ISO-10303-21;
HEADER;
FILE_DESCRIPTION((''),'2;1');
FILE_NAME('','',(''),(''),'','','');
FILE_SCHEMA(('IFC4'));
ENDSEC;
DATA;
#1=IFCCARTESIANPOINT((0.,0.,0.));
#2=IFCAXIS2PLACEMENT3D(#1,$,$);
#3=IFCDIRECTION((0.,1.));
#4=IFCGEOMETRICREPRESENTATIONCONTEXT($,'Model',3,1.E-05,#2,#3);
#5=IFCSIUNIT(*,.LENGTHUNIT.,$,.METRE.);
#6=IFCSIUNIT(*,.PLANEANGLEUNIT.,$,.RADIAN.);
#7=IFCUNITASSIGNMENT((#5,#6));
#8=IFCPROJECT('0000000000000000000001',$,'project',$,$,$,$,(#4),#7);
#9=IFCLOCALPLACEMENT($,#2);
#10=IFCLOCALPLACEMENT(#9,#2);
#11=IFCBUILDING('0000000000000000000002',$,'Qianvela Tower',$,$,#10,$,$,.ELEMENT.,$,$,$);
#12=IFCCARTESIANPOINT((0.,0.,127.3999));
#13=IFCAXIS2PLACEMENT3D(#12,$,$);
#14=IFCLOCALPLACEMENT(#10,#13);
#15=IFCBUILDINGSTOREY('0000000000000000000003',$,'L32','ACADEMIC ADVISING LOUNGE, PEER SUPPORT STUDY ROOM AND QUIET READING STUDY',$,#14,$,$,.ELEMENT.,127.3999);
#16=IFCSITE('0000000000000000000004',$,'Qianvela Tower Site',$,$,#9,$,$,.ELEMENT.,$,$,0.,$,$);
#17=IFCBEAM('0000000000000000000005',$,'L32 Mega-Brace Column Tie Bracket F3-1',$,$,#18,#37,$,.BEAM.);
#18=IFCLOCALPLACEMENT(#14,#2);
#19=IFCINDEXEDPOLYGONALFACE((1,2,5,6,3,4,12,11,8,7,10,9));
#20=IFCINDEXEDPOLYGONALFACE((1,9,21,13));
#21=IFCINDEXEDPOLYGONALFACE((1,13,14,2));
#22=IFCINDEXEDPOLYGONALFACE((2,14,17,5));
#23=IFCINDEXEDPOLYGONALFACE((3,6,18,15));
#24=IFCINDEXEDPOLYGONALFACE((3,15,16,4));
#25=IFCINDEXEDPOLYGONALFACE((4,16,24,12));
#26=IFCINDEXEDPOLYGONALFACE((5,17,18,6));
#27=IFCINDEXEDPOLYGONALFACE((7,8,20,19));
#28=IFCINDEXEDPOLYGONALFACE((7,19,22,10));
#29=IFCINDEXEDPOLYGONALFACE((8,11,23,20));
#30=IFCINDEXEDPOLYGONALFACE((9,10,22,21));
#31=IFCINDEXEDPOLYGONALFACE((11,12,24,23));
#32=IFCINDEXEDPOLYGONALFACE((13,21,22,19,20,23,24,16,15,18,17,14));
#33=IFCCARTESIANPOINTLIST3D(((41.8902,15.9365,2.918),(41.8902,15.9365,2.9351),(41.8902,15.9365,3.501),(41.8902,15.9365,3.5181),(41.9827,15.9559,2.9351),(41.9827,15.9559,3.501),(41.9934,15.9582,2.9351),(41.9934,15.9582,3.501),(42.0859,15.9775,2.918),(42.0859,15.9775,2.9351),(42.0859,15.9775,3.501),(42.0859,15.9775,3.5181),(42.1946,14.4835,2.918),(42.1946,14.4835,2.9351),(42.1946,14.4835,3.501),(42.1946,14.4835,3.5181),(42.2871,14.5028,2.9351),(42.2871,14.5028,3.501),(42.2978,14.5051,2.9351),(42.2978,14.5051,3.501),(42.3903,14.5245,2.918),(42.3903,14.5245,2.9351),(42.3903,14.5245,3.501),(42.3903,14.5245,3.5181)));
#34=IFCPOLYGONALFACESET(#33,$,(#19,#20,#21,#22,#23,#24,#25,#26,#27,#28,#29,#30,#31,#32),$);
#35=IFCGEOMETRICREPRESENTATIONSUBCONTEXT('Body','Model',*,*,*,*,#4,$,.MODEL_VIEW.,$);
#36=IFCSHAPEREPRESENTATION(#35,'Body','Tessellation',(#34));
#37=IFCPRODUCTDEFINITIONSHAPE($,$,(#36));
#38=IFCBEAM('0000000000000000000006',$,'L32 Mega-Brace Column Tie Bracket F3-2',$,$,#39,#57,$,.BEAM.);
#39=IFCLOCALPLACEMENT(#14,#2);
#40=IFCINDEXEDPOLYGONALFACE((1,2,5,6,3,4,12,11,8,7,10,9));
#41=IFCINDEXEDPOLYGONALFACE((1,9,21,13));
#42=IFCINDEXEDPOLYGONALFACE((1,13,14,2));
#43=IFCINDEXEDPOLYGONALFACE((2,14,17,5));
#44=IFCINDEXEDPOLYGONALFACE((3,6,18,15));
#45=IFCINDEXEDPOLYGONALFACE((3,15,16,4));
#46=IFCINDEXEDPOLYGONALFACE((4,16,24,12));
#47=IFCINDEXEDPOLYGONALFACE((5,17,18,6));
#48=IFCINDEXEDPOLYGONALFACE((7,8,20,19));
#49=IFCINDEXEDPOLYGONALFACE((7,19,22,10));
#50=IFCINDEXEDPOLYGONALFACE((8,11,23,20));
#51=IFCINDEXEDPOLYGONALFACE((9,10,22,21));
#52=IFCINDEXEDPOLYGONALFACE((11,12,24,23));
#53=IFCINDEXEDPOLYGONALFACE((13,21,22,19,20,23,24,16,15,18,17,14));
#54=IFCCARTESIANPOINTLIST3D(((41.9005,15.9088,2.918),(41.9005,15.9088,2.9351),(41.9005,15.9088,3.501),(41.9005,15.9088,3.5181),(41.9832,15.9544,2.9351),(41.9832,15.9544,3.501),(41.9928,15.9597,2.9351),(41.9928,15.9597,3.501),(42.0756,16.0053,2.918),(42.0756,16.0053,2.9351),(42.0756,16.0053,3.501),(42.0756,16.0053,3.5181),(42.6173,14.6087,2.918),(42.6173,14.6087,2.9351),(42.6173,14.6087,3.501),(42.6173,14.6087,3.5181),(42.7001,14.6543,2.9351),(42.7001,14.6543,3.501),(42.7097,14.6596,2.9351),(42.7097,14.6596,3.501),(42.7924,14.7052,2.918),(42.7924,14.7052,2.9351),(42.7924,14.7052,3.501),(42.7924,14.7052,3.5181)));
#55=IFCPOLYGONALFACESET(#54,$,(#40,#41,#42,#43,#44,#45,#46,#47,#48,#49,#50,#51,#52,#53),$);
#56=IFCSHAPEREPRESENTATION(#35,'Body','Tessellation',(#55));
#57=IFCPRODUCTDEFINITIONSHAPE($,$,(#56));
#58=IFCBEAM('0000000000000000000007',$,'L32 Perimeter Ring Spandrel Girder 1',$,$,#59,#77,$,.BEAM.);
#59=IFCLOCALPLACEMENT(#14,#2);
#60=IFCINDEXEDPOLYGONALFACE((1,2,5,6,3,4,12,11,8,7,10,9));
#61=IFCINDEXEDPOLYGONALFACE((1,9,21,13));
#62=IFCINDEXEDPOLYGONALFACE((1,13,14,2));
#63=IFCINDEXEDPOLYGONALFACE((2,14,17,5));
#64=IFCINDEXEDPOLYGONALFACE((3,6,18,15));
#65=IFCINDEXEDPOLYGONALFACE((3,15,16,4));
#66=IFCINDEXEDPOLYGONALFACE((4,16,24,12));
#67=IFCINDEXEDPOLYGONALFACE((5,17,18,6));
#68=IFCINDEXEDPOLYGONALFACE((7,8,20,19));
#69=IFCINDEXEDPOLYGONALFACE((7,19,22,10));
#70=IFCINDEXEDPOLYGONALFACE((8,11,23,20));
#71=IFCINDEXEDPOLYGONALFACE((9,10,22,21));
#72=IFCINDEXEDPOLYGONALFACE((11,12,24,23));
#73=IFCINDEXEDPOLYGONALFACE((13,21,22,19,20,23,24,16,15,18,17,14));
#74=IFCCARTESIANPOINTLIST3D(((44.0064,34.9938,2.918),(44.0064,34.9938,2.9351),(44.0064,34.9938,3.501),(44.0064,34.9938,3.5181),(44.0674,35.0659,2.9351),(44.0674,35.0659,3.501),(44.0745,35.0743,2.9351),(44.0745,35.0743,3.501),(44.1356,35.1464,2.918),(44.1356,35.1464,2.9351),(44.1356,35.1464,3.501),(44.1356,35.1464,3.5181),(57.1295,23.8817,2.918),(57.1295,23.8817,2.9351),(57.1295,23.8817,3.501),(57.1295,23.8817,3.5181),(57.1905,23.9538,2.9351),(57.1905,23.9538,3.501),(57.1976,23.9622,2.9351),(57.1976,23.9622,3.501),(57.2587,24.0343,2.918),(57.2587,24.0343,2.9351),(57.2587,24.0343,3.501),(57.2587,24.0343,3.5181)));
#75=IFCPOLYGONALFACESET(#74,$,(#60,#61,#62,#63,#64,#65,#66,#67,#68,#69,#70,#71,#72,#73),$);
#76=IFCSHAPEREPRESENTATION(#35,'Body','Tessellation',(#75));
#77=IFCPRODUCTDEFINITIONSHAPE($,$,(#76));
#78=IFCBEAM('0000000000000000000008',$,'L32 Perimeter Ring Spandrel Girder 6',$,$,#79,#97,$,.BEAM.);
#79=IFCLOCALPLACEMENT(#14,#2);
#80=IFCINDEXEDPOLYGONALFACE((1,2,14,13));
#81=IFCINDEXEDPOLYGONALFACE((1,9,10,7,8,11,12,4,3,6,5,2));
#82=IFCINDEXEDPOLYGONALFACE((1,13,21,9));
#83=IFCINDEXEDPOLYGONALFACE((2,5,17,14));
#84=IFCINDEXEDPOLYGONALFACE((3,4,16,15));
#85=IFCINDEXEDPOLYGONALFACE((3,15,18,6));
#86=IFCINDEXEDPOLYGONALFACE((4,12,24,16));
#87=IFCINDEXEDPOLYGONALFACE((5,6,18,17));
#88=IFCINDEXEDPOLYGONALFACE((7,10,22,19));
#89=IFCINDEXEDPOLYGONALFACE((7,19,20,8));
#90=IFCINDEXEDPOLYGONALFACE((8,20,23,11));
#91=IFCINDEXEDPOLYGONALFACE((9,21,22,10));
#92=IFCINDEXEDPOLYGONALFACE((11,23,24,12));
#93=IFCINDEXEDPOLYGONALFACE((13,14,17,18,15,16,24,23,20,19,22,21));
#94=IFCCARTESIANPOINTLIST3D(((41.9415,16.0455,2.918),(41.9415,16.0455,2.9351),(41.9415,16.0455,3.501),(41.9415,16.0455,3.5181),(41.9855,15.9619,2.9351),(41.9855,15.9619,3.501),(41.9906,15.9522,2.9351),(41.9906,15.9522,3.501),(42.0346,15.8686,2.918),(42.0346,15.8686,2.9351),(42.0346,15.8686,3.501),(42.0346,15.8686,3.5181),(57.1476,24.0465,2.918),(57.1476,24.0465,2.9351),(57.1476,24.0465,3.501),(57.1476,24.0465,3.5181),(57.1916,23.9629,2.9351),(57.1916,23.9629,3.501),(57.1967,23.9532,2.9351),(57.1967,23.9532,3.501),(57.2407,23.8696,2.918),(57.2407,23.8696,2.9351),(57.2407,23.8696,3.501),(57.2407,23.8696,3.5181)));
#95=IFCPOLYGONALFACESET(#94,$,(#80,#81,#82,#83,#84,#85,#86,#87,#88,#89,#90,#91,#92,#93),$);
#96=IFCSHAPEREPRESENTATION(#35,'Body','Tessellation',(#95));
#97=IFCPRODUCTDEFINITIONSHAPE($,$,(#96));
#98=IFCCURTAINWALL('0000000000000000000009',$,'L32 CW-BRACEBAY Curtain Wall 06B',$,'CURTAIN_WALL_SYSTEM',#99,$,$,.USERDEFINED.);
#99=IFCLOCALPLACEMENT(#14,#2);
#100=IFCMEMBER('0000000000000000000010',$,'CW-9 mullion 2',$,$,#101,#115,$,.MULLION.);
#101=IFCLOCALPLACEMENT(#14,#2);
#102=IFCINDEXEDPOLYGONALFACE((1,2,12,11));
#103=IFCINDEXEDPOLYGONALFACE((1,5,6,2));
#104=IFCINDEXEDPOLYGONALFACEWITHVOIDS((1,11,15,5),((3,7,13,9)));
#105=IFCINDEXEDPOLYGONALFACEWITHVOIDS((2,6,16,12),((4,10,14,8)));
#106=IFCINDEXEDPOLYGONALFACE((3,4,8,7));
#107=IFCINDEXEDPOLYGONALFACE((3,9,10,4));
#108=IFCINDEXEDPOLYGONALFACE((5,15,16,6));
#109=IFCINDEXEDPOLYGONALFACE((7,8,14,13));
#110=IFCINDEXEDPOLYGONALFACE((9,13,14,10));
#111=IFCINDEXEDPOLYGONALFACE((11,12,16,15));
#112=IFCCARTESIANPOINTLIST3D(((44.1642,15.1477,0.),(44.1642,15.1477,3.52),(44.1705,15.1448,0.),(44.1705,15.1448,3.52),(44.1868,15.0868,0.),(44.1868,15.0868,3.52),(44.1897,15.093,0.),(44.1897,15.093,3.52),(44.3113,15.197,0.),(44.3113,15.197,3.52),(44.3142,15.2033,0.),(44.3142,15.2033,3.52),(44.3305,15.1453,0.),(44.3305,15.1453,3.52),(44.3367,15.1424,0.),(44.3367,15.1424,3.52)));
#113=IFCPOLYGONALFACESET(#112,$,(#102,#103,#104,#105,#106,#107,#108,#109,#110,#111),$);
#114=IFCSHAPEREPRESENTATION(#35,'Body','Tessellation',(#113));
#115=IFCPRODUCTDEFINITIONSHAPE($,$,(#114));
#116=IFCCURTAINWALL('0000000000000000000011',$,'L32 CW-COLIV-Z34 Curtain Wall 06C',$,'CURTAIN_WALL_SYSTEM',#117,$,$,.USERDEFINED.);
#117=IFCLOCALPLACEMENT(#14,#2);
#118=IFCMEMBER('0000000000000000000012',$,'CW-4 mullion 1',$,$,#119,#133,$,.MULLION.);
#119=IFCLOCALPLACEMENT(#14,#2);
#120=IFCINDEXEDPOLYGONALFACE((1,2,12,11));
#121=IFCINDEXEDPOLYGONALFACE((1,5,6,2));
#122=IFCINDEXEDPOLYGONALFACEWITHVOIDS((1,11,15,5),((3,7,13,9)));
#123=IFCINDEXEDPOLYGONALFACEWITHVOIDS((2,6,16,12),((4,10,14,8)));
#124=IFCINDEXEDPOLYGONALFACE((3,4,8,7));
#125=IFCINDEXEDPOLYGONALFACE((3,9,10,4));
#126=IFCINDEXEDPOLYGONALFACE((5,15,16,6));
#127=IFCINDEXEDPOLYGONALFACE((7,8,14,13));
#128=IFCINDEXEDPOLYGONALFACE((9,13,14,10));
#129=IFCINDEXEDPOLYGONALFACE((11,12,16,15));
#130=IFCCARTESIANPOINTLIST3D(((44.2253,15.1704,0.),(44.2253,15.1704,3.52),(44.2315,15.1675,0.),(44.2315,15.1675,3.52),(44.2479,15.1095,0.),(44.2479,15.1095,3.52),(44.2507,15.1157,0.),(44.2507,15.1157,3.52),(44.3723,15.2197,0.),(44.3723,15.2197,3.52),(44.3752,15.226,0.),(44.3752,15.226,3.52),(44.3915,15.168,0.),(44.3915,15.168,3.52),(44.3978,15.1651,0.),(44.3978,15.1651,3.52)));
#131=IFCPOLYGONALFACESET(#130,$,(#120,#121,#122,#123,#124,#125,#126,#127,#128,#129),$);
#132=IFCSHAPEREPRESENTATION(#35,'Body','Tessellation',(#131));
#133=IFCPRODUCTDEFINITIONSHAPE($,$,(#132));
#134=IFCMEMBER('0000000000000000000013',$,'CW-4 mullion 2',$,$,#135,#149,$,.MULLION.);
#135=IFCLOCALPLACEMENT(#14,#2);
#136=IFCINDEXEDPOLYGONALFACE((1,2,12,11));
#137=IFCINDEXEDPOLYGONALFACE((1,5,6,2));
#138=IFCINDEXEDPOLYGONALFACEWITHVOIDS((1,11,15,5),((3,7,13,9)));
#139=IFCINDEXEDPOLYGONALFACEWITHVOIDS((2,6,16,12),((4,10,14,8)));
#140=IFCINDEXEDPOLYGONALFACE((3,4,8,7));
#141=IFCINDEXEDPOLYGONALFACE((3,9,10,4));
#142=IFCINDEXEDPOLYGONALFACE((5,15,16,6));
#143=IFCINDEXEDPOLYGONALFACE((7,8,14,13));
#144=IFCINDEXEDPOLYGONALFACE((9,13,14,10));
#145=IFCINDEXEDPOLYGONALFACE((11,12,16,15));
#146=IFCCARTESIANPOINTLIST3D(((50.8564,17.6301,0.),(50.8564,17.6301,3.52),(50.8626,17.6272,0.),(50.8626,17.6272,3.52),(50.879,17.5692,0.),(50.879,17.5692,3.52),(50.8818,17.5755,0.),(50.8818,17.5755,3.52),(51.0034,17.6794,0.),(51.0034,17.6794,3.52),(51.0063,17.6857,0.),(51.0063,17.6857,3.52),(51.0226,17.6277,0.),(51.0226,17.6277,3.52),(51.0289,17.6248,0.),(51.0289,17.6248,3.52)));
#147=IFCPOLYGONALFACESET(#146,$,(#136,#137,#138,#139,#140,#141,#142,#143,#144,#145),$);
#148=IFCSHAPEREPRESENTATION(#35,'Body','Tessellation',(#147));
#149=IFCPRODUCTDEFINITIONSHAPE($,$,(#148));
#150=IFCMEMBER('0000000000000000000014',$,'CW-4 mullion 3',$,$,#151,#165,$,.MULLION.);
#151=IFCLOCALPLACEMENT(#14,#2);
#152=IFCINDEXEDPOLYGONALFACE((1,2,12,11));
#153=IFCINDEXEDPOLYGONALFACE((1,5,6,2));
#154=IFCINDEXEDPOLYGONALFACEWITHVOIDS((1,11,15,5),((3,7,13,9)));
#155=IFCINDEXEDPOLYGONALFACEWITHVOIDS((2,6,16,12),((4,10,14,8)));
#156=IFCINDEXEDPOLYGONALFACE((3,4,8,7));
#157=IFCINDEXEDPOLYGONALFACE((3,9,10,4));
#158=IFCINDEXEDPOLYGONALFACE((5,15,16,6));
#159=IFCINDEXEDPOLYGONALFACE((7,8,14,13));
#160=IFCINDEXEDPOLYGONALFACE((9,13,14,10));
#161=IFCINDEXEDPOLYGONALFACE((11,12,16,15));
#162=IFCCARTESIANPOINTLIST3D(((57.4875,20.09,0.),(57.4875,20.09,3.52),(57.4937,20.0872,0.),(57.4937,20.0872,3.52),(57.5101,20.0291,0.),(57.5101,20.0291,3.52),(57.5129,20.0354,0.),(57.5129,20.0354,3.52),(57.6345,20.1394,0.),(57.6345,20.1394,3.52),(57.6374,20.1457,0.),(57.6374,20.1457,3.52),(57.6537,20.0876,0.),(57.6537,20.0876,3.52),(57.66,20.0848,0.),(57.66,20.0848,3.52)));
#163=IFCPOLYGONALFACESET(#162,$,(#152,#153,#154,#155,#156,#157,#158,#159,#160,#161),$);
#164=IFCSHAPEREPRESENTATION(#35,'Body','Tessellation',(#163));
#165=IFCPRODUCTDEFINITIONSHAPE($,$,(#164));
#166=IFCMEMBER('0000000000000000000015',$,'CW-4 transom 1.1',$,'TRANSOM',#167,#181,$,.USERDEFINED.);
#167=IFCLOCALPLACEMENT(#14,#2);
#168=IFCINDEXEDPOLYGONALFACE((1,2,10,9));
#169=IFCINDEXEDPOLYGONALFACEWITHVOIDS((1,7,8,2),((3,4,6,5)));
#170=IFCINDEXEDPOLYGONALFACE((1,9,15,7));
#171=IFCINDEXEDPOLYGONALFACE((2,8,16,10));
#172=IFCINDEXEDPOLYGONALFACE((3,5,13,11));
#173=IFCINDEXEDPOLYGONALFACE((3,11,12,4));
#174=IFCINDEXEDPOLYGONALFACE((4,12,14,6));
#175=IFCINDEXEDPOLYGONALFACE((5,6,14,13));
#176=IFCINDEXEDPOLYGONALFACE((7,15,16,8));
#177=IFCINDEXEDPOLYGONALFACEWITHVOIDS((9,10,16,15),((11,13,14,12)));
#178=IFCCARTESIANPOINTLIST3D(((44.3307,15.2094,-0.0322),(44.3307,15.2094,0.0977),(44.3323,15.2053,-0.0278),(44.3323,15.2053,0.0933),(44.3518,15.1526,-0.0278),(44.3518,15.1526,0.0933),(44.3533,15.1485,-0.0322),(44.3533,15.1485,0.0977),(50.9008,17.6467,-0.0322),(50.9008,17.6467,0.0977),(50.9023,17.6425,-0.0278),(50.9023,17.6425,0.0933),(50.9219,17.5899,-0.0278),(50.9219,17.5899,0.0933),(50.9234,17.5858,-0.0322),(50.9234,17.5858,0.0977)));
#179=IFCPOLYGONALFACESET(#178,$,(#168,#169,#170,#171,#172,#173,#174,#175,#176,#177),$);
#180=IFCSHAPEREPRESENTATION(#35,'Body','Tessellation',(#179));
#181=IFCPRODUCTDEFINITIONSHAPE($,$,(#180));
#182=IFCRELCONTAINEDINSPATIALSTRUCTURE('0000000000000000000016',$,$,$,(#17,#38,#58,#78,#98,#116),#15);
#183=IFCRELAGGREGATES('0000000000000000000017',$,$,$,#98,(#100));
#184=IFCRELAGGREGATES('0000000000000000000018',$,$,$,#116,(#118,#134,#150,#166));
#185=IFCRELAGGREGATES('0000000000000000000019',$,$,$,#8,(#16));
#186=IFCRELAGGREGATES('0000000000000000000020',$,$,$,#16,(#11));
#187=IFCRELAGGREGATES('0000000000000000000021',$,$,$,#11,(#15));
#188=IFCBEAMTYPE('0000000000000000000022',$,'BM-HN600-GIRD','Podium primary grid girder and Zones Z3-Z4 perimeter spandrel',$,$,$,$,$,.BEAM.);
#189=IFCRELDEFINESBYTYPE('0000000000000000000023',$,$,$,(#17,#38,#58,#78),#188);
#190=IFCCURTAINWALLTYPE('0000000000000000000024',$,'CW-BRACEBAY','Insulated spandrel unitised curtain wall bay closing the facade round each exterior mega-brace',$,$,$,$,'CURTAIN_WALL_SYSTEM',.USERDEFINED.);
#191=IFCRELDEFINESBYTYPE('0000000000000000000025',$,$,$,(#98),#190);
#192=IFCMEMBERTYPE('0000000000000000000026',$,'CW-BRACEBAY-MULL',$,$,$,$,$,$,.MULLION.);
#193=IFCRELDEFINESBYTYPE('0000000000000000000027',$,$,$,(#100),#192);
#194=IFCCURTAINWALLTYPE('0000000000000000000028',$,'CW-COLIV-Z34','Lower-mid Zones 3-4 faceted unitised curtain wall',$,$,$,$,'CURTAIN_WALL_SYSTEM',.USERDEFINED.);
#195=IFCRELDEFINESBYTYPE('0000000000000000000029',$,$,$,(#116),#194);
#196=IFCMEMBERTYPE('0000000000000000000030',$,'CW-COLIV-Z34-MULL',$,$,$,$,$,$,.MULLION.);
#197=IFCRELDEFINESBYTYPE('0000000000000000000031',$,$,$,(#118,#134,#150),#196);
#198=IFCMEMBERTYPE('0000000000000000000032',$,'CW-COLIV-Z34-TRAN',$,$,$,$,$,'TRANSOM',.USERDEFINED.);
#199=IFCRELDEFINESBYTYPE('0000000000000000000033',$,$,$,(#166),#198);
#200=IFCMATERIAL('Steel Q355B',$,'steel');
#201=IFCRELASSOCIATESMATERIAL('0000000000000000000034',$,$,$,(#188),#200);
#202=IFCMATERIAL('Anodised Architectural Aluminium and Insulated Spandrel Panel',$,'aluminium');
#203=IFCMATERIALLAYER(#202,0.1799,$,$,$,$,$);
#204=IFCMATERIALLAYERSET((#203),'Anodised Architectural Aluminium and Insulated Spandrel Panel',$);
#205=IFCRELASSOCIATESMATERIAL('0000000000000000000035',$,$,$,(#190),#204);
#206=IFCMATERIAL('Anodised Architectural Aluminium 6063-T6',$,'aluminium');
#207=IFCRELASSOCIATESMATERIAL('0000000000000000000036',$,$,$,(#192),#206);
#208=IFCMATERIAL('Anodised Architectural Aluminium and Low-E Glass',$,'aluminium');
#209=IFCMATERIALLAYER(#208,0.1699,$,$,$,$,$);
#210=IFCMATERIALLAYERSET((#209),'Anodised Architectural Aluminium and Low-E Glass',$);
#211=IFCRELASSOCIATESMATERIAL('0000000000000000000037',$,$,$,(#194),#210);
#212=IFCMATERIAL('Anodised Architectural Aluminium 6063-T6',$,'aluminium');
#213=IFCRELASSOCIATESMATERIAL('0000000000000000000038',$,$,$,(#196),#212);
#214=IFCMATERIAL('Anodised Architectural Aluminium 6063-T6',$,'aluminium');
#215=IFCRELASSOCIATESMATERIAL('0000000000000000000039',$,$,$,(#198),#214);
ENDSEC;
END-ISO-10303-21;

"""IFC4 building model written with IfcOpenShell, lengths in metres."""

from ifc_helpers import new_model, si_unit, direction, frame, origin, origin_2d, place, context, subcontext, project, spatial, hollow_rectangle, i_section, extrude, material, layer, layer_set, material_profile, profile_set, type_object, element, aggregate, save


model = new_model("IFC4")

# Units and contexts
model_context = context("Model", 3, precision=1e-05, world=origin(), true_north=direction((0.0, 1.0)))
body_context = subcontext(model_context, "Body", "Model", "MODEL_VIEW")
ifc_project = project(units=[si_unit("LENGTHUNIT", "METRE"), si_unit("PLANEANGLEUNIT", "RADIAN")], contexts=[model_context])

# Site, building, storey
site_placement = place(None, origin())
site = spatial("IfcSite", under=ifc_project, at=site_placement, Name="Qianvela Tower Site", CompositionType="ELEMENT", RefElevation=0.0)
building_placement = place(site_placement, origin())
building = spatial("IfcBuilding", under=site, at=building_placement, Name="Qianvela Tower", CompositionType="ELEMENT")
storey_placement = place(building_placement, frame((0.0, 0.0, 127.3999)))
storey = spatial("IfcBuildingStorey", under=building, at=storey_placement, Name="L32", Description="ACADEMIC ADVISING LOUNGE, PEER SUPPORT STUDY ROOM AND QUIET READING STUDY", CompositionType="ELEMENT", Elevation=127.3999)

# Beams
ifc_material_1 = material(Name="Steel Q355B", Category="steel")
ifc_material_profile_1 = material_profile(ifc_material_1, i_section(OverallWidth=0.2, OverallDepth=0.6001, WebThickness=0.011, FlangeThickness=0.0171, at=origin_2d()), Name="HN600x200x11x17")
ifc_profile_set_1 = profile_set([ifc_material_profile_1], Name="Steel Q355B")
beam_type = type_object("IfcBeamType", Name="BM-HN600-GIRD", Description="Podium primary grid girder and Zones Z3-Z4 perimeter spandrel", PredefinedType="BEAM", material=ifc_profile_set_1)
for number, where, z_axis, x_axis, name in (
    (1, (41.988, 15.957, 3.218), (0.205057, -0.97875, 0.0), (0.97875, 0.205057, 0.0), "L32 Mega-Brace Column Tie Bracket F3-1"),
    (2, (41.988, 15.957, 3.218), (0.482834, -0.875712, 0.0), (0.875712, 0.482834, 0.0), "L32 Mega-Brace Column Tie Bracket F3-2"),
):
    element("IfcBeam", number, at=place(storey_placement, frame(where, z_axis=z_axis, x_axis=x_axis)), inside=storey, type_object=beam_type, Name=name, PredefinedType="BEAM", context=body_context, shape_type="SweptSolid", body=[
        extrude(i_section(OverallWidth=0.2, OverallDepth=0.6001, WebThickness=0.011, FlangeThickness=0.0171, at=origin_2d()), origin(), (0.0, 0.0, 1.0), 1.4846),
    ])
beam_1_placement = place(storey_placement, frame((57.1941, 23.958, 3.218), z_axis=(-0.763158, 0.646211, 0.0), x_axis=(-0.646211, -0.763158, 0.0)))
element("IfcBeam", 3, at=beam_1_placement, inside=storey, type_object=beam_type, Name="L32 Perimeter Ring Spandrel Girder 1", PredefinedType="BEAM", context=body_context, shape_type="SweptSolid", body=[
    extrude(i_section(OverallWidth=0.2, OverallDepth=0.6001, WebThickness=0.011, FlangeThickness=0.0171, at=origin_2d()), origin(), (0.0, 0.0, 1.0), 17.1958),
])
beam_2_placement = place(storey_placement, frame((41.988, 15.957, 3.218), z_axis=(0.884971, 0.465646, 0.0), x_axis=(-0.465646, 0.884971, 0.0)))
element("IfcBeam", 4, at=beam_2_placement, inside=storey, type_object=beam_type, Name="L32 Perimeter Ring Spandrel Girder 6", PredefinedType="BEAM", context=body_context, shape_type="SweptSolid", body=[
    extrude(i_section(OverallWidth=0.2, OverallDepth=0.6001, WebThickness=0.011, FlangeThickness=0.0171, at=origin_2d()), origin(), (0.0, 0.0, 1.0), 17.1826),
])

# Curtain wall, member
ifc_material_2 = material(Name="Anodised Architectural Aluminium and Insulated Spandrel Panel", Category="aluminium")
ifc_layer_1 = layer(ifc_material_2, 0.1799)
ifc_layer_set_1 = layer_set([ifc_layer_1], Name="Anodised Architectural Aluminium and Insulated Spandrel Panel")
curtain_wall_type_1 = type_object("IfcCurtainWallType", Name="CW-BRACEBAY", Description="Insulated spandrel unitised curtain wall bay closing the facade round each exterior mega-brace", ElementType="CURTAIN_WALL_SYSTEM", PredefinedType="USERDEFINED", material=ifc_layer_set_1)
curtain_wall_1_placement = place(storey_placement, origin())
curtain_wall_1 = element("IfcCurtainWall", 5, at=curtain_wall_1_placement, inside=storey, type_object=curtain_wall_type_1, Name="L32 CW-BRACEBAY Curtain Wall 06B", ObjectType="CURTAIN_WALL_SYSTEM", PredefinedType="USERDEFINED")
ifc_material_3 = material(Name="Anodised Architectural Aluminium 6063-T6", Category="aluminium")
ifc_material_profile_2 = material_profile(ifc_material_3, hollow_rectangle(XDim=0.0649, YDim=0.1599, WallThickness=0.0049, at=origin_2d()), Name="ALU-MULL-65x160")
ifc_profile_set_2 = profile_set([ifc_material_profile_2], Name="Anodised Architectural Aluminium 6063-T6")
member_type_1 = type_object("IfcMemberType", Name="CW-BRACEBAY-MULL", PredefinedType="MULLION", material=ifc_profile_set_2)
member_1_placement = place(storey_placement, frame((44.2505, 15.145, 0.0), z_axis=(0.0, 0.0, 1.0), x_axis=(-0.347808, 0.937566, 0.0)))
member_1 = element("IfcMember", 6, at=member_1_placement, type_object=member_type_1, Name="CW-9 mullion 2", PredefinedType="MULLION", context=body_context, shape_type="SweptSolid", body=[
    extrude(hollow_rectangle(XDim=0.0649, YDim=0.1599, WallThickness=0.0049, at=origin_2d()), origin(), (0.0, 0.0, 1.0), 3.52),
])

# Curtain wall, members
ifc_material_4 = material(Name="Anodised Architectural Aluminium and Low-E Glass", Category="aluminium")
ifc_layer_2 = layer(ifc_material_4, 0.1699)
ifc_layer_set_2 = layer_set([ifc_layer_2], Name="Anodised Architectural Aluminium and Low-E Glass")
curtain_wall_type_2 = type_object("IfcCurtainWallType", Name="CW-COLIV-Z34", Description="Lower-mid Zones 3-4 faceted unitised curtain wall", ElementType="CURTAIN_WALL_SYSTEM", PredefinedType="USERDEFINED", material=ifc_layer_set_2)
curtain_wall_2_placement = place(storey_placement, origin())
curtain_wall_2 = element("IfcCurtainWall", 7, at=curtain_wall_2_placement, inside=storey, type_object=curtain_wall_type_2, Name="L32 CW-COLIV-Z34 Curtain Wall 06C", ObjectType="CURTAIN_WALL_SYSTEM", PredefinedType="USERDEFINED")
ifc_material_5 = material(Name="Anodised Architectural Aluminium 6063-T6", Category="aluminium")
ifc_material_profile_3 = material_profile(ifc_material_5, hollow_rectangle(XDim=0.0649, YDim=0.1599, WallThickness=0.0049, at=origin_2d()), Name="ALU-MULL-65x160")
ifc_profile_set_3 = profile_set([ifc_material_profile_3], Name="Anodised Architectural Aluminium 6063-T6")
member_type_2 = type_object("IfcMemberType", Name="CW-COLIV-Z34-MULL", PredefinedType="MULLION", material=ifc_profile_set_3)
member_2_placement = place(storey_placement, frame((44.3115, 15.1677, 0.0), z_axis=(0.0, 0.0, 1.0), x_axis=(-0.347802, 0.937568, 0.0)))
member_2 = element("IfcMember", 8, at=member_2_placement, type_object=member_type_2, Name="CW-4 mullion 1", PredefinedType="MULLION", context=body_context, shape_type="SweptSolid", body=[
    extrude(hollow_rectangle(XDim=0.0649, YDim=0.1599, WallThickness=0.0049, at=origin_2d()), origin(), (0.0, 0.0, 1.0), 3.52),
])
member_3_placement = place(storey_placement, frame((50.9426, 17.6274, 0.0), z_axis=(0.0, 0.0, 1.0), x_axis=(-0.347802, 0.937568, 0.0)))
member_3 = element("IfcMember", 9, at=member_3_placement, type_object=member_type_2, Name="CW-4 mullion 2", PredefinedType="MULLION", context=body_context, shape_type="SweptSolid", body=[
    extrude(hollow_rectangle(XDim=0.0649, YDim=0.1599, WallThickness=0.0049, at=origin_2d()), origin(), (0.0, 0.0, 1.0), 3.52),
])
member_4_placement = place(storey_placement, frame((57.5737, 20.0874, 0.0), z_axis=(0.0, 0.0, 1.0), x_axis=(-0.347802, 0.937568, 0.0)))
member_4 = element("IfcMember", 10, at=member_4_placement, type_object=member_type_2, Name="CW-4 mullion 3", PredefinedType="MULLION", context=body_context, shape_type="SweptSolid", body=[
    extrude(hollow_rectangle(XDim=0.0649, YDim=0.1599, WallThickness=0.0049, at=origin_2d()), origin(), (0.0, 0.0, 1.0), 3.52),
])
ifc_material_6 = material(Name="Anodised Architectural Aluminium 6063-T6", Category="aluminium")
ifc_material_profile_4 = material_profile(ifc_material_6, hollow_rectangle(XDim=0.0649, YDim=0.1299, WallThickness=0.0044, at=origin_2d()), Name="ALU-TRAN-65x130")
ifc_profile_set_4 = profile_set([ifc_material_profile_4], Name="Anodised Architectural Aluminium 6063-T6")
member_type_3 = type_object("IfcMemberType", Name="CW-COLIV-Z34-TRAN", ElementType="TRANSOM", PredefinedType="USERDEFINED", material=ifc_profile_set_4)
member_5_placement = place(storey_placement, frame((44.342, 15.179, 0.0327), z_axis=(0.937568, 0.347803, 0.0), x_axis=(-0.347803, 0.937568, 0.0)))
member_5 = element("IfcMember", 11, at=member_5_placement, type_object=member_type_3, Name="CW-4 transom 1.1", ObjectType="TRANSOM", PredefinedType="USERDEFINED", context=body_context, shape_type="SweptSolid", body=[
    extrude(hollow_rectangle(XDim=0.0649, YDim=0.1299, WallThickness=0.0044, at=origin_2d()), origin(), (0.0, 0.0, 1.0), 7.0076),
])

aggregate(curtain_wall_1, [member_1])
aggregate(curtain_wall_2, [member_2, member_3, member_4, member_5])

save(model, "model.ifc")
